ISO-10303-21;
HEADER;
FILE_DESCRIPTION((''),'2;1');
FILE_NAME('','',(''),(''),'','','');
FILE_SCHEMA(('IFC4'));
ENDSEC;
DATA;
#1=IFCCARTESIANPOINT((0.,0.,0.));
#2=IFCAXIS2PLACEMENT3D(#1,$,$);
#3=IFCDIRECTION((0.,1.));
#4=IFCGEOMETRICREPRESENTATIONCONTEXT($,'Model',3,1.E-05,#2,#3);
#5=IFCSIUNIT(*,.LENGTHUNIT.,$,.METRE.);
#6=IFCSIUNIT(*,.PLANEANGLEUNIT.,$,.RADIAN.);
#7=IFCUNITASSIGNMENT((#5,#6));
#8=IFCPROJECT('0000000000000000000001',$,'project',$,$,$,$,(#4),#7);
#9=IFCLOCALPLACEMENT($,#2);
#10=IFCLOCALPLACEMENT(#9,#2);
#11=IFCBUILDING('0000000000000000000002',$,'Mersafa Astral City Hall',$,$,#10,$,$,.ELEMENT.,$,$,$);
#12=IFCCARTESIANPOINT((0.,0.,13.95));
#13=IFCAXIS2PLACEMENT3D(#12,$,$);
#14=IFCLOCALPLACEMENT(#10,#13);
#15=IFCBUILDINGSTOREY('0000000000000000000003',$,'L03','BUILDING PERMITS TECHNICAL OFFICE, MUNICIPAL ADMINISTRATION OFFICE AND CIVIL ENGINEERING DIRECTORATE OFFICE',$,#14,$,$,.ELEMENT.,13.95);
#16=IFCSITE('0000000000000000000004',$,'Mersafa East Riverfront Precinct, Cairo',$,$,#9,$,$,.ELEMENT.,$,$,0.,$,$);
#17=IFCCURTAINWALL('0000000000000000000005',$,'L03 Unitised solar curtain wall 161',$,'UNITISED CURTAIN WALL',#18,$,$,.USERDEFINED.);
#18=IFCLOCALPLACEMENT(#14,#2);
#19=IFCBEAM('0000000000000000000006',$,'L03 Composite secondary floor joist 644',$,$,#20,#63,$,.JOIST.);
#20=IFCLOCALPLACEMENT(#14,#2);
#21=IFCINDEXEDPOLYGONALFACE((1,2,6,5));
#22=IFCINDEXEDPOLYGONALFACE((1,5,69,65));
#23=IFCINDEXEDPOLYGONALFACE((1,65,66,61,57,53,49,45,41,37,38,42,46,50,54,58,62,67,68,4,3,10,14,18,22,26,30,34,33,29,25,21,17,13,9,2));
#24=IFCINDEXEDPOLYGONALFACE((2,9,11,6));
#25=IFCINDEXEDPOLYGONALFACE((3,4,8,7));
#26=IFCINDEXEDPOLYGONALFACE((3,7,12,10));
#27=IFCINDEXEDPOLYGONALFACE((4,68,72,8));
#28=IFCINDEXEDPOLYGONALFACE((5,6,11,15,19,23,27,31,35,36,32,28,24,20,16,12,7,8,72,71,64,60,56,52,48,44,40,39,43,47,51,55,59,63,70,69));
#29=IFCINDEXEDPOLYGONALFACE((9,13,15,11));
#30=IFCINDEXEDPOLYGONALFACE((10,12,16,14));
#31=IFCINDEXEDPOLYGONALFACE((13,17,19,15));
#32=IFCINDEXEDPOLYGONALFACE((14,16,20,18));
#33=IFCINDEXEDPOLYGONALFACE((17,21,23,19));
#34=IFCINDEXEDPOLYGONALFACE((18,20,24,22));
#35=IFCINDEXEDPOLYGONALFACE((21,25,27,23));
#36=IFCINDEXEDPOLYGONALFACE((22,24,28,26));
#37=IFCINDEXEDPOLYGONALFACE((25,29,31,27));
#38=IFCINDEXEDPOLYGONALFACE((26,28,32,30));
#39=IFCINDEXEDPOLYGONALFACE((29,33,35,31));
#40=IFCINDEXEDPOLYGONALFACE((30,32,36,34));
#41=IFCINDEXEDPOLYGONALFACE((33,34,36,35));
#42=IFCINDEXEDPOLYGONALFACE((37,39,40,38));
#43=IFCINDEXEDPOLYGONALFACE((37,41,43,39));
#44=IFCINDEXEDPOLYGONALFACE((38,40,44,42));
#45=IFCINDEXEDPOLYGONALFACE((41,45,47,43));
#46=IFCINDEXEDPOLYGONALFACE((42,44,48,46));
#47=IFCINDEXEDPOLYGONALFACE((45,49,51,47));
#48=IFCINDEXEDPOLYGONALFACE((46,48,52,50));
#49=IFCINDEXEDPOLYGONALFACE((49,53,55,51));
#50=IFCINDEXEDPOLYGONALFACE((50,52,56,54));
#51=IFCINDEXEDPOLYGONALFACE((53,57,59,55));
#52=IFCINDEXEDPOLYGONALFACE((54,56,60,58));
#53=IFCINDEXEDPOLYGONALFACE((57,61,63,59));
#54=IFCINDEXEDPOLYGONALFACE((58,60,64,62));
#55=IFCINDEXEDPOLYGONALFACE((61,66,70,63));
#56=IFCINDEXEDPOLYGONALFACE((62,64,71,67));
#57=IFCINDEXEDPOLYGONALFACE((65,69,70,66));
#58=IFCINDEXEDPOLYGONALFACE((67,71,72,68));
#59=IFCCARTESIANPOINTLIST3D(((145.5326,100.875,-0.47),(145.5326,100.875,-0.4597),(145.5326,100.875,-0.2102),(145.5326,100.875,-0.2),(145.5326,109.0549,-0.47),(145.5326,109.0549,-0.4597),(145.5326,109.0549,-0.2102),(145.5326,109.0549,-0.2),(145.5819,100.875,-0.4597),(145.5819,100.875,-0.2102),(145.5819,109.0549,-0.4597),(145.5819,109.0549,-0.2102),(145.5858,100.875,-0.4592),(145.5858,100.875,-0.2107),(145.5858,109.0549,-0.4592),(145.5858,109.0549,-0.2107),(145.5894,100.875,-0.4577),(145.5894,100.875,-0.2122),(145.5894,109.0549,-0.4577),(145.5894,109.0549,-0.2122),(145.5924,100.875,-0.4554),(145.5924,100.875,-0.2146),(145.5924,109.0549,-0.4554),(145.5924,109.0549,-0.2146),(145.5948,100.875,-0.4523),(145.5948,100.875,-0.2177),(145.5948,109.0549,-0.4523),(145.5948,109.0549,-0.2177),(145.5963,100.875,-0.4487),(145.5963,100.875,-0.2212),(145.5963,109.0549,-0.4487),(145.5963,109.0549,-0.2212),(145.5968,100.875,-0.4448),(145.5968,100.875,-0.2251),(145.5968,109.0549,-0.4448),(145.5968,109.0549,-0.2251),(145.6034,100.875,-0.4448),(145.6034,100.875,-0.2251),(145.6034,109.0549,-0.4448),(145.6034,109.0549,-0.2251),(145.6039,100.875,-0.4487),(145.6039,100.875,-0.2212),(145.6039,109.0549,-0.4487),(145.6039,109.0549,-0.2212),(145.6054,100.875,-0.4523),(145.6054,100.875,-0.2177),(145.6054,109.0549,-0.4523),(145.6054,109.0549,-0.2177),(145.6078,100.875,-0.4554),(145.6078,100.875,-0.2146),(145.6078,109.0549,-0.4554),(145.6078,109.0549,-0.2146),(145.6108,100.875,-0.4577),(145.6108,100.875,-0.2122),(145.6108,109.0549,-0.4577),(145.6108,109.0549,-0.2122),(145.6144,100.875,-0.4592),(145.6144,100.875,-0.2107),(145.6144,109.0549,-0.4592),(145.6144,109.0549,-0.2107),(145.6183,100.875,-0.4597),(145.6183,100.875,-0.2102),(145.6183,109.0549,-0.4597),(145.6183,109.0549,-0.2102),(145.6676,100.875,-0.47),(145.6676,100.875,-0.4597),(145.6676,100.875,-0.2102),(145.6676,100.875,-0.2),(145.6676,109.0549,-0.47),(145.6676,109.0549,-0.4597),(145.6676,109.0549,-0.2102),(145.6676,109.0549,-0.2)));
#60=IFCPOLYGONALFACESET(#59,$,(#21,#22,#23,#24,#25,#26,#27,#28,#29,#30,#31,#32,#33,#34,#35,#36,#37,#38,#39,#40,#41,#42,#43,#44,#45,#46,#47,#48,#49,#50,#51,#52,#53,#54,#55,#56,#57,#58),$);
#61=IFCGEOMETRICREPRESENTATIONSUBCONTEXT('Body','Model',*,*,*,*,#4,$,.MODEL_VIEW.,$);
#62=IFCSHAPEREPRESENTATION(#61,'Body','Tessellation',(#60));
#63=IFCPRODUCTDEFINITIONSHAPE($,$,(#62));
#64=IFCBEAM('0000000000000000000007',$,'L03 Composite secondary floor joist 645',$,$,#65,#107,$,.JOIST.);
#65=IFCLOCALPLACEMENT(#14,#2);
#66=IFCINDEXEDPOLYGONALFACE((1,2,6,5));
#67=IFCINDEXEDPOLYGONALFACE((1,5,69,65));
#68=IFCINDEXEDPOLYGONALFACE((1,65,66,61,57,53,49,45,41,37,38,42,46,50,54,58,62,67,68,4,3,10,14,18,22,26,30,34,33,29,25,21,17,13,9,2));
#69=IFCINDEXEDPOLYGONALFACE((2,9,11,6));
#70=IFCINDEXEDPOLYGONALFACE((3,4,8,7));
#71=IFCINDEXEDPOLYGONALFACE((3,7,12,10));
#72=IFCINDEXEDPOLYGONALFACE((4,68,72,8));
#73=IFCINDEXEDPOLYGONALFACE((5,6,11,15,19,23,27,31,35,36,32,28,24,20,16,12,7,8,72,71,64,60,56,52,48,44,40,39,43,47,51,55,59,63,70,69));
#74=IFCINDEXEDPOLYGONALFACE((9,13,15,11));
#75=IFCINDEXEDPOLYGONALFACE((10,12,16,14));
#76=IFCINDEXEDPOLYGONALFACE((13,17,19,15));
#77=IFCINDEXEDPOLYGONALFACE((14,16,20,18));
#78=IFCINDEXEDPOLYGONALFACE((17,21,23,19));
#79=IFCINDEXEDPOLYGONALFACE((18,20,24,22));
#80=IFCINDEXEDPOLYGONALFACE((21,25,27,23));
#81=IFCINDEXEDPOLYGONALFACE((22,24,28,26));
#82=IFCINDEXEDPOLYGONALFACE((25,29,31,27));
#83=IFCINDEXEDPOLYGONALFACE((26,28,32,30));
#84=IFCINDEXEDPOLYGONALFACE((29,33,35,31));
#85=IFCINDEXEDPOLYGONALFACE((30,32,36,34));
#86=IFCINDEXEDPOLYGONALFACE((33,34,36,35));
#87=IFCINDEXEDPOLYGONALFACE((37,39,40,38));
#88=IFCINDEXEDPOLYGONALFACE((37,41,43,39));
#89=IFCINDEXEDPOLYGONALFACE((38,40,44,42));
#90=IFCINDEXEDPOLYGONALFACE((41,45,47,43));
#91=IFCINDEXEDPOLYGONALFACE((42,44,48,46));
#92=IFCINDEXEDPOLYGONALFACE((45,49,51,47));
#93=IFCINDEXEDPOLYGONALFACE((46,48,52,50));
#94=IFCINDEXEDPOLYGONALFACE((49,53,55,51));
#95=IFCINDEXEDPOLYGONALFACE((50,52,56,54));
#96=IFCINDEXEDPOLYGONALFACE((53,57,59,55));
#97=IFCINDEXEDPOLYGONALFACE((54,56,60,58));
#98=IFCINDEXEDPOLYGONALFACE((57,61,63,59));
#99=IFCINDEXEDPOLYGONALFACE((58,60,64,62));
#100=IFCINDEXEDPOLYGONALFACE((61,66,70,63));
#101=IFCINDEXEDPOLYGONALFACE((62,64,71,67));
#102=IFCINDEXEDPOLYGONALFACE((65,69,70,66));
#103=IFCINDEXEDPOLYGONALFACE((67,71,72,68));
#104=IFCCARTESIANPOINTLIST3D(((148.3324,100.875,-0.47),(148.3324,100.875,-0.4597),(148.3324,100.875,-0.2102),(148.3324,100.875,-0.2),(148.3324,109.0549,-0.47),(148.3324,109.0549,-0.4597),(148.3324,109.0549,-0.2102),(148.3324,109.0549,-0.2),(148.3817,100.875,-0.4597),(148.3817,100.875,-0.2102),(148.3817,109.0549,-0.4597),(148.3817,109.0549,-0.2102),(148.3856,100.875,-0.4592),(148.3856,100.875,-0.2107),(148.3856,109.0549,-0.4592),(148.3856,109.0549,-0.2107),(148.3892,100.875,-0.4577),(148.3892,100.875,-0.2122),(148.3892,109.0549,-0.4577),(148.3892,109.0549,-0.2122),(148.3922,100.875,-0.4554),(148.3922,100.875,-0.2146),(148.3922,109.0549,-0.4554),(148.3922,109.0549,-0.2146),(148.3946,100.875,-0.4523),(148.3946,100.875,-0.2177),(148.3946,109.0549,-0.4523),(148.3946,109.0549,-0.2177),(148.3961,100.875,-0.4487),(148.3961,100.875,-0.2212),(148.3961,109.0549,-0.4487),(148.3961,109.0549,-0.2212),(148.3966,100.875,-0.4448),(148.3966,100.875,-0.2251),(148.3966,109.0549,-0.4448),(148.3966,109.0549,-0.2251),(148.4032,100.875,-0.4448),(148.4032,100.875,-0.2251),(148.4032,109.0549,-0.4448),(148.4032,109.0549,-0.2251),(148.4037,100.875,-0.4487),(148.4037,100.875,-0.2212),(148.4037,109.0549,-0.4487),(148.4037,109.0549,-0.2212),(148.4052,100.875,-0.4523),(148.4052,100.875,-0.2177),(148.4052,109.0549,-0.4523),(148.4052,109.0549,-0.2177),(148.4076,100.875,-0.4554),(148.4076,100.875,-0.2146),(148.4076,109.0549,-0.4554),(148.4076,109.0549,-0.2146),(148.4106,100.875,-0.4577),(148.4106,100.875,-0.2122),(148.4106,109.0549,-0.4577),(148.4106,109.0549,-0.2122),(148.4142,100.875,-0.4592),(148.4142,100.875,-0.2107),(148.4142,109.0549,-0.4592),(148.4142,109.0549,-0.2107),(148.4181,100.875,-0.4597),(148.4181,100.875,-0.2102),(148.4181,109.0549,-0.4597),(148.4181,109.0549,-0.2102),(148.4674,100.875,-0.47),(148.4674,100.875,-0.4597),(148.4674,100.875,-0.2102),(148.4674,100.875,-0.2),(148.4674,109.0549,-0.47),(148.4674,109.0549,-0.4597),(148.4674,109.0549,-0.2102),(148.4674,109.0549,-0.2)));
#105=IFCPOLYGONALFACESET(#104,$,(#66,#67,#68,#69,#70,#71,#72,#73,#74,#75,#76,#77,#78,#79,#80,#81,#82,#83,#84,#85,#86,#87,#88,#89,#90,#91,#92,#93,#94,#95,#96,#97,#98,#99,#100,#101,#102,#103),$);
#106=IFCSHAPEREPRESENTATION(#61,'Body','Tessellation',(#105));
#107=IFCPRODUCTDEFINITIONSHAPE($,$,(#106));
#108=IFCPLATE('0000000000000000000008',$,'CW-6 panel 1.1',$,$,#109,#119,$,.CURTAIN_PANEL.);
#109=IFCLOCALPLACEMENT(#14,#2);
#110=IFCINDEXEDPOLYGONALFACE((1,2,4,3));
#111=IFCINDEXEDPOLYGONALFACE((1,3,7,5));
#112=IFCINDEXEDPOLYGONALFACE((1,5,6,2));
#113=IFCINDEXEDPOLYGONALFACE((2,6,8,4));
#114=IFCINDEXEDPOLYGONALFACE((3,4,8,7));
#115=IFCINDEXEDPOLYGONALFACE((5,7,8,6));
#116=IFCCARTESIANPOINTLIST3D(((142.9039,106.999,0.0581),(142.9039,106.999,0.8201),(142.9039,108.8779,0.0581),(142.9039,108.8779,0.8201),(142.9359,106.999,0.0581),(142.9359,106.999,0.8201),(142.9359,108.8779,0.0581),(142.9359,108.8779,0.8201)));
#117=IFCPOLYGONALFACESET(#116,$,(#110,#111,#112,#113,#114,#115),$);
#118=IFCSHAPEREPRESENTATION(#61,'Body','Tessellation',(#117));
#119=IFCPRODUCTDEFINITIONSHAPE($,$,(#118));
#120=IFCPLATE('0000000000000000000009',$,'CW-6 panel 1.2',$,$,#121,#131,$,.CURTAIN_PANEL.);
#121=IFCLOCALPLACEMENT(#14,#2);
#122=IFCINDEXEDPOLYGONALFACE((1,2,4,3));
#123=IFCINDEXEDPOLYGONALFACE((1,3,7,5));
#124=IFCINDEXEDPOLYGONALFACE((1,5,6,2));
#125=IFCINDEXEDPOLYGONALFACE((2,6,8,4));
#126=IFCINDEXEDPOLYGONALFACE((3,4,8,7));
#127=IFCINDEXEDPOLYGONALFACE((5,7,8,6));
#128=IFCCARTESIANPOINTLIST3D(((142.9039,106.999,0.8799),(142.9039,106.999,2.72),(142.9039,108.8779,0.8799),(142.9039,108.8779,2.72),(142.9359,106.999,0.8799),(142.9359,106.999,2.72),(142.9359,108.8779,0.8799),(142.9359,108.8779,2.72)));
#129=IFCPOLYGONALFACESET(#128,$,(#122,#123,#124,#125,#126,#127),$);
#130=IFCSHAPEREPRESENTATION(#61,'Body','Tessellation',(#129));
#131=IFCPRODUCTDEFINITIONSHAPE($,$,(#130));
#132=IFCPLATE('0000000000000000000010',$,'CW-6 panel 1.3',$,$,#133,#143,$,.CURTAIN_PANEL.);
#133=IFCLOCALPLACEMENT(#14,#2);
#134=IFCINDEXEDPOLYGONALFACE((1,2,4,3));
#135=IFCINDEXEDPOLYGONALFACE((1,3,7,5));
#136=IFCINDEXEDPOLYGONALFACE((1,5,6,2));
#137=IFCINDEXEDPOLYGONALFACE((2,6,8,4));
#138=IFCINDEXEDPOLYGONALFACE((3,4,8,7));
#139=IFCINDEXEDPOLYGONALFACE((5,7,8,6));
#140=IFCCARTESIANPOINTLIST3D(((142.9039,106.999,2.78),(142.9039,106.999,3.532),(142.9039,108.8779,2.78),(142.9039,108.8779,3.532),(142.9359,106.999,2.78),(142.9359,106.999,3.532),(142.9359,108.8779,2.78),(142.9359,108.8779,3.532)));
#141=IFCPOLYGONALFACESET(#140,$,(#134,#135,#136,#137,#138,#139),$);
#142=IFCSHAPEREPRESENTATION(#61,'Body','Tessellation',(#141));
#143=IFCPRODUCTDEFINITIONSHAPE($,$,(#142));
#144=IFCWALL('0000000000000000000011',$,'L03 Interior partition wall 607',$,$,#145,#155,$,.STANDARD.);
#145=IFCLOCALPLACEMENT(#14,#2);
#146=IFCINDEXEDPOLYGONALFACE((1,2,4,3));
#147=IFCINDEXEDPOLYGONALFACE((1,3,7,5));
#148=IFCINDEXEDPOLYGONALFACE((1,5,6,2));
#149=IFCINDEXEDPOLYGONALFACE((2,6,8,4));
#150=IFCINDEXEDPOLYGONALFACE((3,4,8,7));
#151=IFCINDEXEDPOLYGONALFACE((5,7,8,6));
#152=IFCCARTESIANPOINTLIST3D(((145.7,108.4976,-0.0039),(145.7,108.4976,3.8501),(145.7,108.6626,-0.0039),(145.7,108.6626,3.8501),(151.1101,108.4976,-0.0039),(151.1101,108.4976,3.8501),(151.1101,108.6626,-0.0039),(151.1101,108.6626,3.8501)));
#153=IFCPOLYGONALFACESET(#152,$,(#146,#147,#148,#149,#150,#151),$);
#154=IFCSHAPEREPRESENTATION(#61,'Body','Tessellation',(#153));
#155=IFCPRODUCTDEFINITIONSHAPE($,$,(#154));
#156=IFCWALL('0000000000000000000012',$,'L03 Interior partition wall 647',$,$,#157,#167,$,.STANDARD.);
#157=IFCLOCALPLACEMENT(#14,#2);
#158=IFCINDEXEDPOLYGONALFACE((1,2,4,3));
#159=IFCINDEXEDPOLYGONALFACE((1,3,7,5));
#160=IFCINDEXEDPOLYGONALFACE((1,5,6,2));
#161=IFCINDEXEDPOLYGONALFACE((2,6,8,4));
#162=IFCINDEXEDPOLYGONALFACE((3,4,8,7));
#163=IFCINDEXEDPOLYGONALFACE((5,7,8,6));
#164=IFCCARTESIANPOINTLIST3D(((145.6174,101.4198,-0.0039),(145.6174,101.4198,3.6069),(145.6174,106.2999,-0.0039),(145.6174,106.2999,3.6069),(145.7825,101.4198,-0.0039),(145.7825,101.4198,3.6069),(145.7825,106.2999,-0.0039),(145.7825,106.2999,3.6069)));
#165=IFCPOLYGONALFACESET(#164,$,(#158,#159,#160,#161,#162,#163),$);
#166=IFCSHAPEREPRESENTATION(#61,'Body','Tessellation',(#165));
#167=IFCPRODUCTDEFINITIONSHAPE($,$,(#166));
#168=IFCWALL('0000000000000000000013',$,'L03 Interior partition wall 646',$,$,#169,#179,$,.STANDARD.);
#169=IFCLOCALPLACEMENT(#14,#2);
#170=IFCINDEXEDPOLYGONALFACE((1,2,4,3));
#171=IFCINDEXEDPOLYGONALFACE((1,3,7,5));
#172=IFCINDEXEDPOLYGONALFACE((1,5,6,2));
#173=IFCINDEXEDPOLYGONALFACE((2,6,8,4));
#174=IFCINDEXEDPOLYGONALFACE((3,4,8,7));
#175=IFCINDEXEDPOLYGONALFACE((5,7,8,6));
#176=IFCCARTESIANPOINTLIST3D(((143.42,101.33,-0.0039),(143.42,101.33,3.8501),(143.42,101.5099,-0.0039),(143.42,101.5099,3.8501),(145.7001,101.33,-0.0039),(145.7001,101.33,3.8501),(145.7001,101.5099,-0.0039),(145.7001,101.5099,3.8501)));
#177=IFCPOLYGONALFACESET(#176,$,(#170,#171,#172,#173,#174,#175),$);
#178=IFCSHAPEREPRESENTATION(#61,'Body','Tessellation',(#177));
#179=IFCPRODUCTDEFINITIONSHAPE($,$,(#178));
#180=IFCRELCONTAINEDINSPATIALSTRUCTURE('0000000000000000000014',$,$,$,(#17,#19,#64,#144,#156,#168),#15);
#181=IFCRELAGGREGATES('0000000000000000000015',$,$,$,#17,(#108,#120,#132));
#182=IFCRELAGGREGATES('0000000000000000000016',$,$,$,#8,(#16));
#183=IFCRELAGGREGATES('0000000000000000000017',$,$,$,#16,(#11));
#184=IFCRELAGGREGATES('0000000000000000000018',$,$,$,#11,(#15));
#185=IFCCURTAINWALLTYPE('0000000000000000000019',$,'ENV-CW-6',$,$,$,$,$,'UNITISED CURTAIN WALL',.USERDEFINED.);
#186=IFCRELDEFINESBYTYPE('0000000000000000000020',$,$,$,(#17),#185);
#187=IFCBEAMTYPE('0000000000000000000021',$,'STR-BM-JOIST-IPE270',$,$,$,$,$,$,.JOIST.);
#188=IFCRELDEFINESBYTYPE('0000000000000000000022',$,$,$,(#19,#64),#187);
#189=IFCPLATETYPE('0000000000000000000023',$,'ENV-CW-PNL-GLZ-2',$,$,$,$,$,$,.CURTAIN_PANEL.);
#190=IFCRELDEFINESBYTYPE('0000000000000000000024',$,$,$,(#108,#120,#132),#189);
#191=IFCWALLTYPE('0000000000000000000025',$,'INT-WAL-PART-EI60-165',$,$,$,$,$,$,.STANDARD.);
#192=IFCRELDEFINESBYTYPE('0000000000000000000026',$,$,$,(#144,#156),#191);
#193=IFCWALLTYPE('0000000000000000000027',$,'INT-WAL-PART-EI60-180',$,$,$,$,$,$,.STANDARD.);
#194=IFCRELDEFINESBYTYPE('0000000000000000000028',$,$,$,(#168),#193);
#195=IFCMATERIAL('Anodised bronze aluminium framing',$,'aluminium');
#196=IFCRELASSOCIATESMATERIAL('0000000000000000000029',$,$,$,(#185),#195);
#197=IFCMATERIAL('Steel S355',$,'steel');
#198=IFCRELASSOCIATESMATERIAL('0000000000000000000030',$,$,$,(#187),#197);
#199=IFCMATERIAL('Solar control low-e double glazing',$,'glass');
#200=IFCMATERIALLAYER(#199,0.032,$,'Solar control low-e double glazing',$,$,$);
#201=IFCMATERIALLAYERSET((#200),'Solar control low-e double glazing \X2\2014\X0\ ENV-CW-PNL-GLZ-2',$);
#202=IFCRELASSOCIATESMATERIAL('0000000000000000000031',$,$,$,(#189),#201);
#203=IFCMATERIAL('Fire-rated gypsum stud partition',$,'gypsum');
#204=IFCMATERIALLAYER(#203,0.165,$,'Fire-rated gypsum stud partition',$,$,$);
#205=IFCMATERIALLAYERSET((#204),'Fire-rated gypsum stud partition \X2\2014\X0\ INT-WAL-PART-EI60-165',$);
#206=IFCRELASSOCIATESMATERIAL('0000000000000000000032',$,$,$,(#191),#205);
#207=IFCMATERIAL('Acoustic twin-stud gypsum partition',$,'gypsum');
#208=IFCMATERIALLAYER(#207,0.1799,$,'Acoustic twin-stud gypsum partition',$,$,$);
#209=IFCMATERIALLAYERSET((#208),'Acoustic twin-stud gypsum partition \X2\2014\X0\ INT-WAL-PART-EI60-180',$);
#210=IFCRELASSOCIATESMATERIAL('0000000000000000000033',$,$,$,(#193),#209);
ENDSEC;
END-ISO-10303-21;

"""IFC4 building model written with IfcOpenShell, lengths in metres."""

from ifc_helpers import new_model, si_unit, direction, frame, frame_2d, origin, origin_2d, place, context, subcontext, project, spatial, rectangle, i_section, extrude, material, layer, layer_set, material_profile, profile_set, type_object, element, aggregate, save


model = new_model("IFC4")

# Units and contexts
model_context = context("Model", 3, precision=1e-05, world=origin(), true_north=direction((0.0, 1.0)))
body_context = subcontext(model_context, "Body", "Model", "MODEL_VIEW")
ifc_project = project(units=[si_unit("LENGTHUNIT", "METRE"), si_unit("PLANEANGLEUNIT", "RADIAN")], contexts=[model_context])

# Site, building, storey
site_placement = place(None, origin())
site = spatial("IfcSite", under=ifc_project, at=site_placement, Name="Mersafa East Riverfront Precinct, Cairo", CompositionType="ELEMENT", RefElevation=0.0)
building_placement = place(site_placement, origin())
building = spatial("IfcBuilding", under=site, at=building_placement, Name="Mersafa Astral City Hall", CompositionType="ELEMENT")
storey_placement = place(building_placement, frame((0.0, 0.0, 13.95)))
storey = spatial("IfcBuildingStorey", under=building, at=storey_placement, Name="L03", Description="BUILDING PERMITS TECHNICAL OFFICE, MUNICIPAL ADMINISTRATION OFFICE AND CIVIL ENGINEERING DIRECTORATE OFFICE", CompositionType="ELEMENT", Elevation=13.95)

# Shared definitions
ifc_material_1 = material(Name="Steel S355", Category="steel")

# Curtain wall
ifc_material_2 = material(Name="Anodised bronze aluminium framing", Category="aluminium")
curtain_wall_type = type_object("IfcCurtainWallType", Name="ENV-CW-6", ElementType="UNITISED CURTAIN WALL", PredefinedType="USERDEFINED", material=ifc_material_2)
curtain_wall_placement = place(storey_placement, origin())
curtain_wall = element("IfcCurtainWall", 1, at=curtain_wall_placement, inside=storey, type_object=curtain_wall_type, Name="L03 Unitised solar curtain wall 161", ObjectType="UNITISED CURTAIN WALL", PredefinedType="USERDEFINED")

# Beams
ifc_material_profile_1 = material_profile(ifc_material_1, i_section(OverallWidth=0.135, OverallDepth=0.27, WebThickness=0.0066, FlangeThickness=0.0103, FilletRadius=0.0149, at=origin_2d()), Name="IPE 270")
ifc_profile_set_1 = profile_set([ifc_material_profile_1], Name="Steel S355")
beam_type = type_object("IfcBeamType", Name="STR-BM-JOIST-IPE270", PredefinedType="JOIST", material=ifc_profile_set_1)
for number, where, z_axis, x_axis, name in (
    (2, (145.6001, 100.875, -0.335), (0.0, 1.0, 0.0), (-1.0, 0.0, 0.0), "L03 Composite secondary floor joist 644"),
    (3, (148.3999, 100.875, -0.335), (0.0, 1.0, 0.0), (-1.0, 0.0, 0.0), "L03 Composite secondary floor joist 645"),
):
    element("IfcBeam", number, at=place(storey_placement, frame(where, z_axis=z_axis, x_axis=x_axis)), inside=storey, type_object=beam_type, Name=name, PredefinedType="JOIST", context=body_context, shape_type="SweptSolid", body=[
        extrude(i_section(OverallWidth=0.135, OverallDepth=0.27, WebThickness=0.0066, FlangeThickness=0.0103, FilletRadius=0.0149, at=origin_2d()), origin(), (0.0, 0.0, 1.0), 8.1799),
    ])

# Plates
ifc_material_3 = material(Name="Solar control low-e double glazing", Category="glass")
ifc_layer_1 = layer(ifc_material_3, 0.032, Name="Solar control low-e double glazing")
ifc_layer_set_1 = layer_set([ifc_layer_1], Name="Solar control low-e double glazing — ENV-CW-PNL-GLZ-2")
plate_type = type_object("IfcPlateType", Name="ENV-CW-PNL-GLZ-2", PredefinedType="CURTAIN_PANEL", material=ifc_layer_set_1)
plate_1_placement = place(storey_placement, frame((142.9199, 107.9385, 0.0581), z_axis=(0.0, 0.0, 1.0), x_axis=(0.0, -1.0, 0.0)))
plate_1 = element("IfcPlate", 4, at=plate_1_placement, type_object=plate_type, Name="CW-6 panel 1.1", PredefinedType="CURTAIN_PANEL", context=body_context, shape_type="SweptSolid", body=[
    extrude(rectangle(XDim=1.8789, YDim=0.032, at=origin_2d()), origin(), (0.0, 0.0, 1.0), 0.762),
])
plate_2_placement = place(storey_placement, frame((142.9199, 107.9385, 0.8799), z_axis=(0.0, 0.0, 1.0), x_axis=(0.0, -1.0, 0.0)))
plate_2 = element("IfcPlate", 5, at=plate_2_placement, type_object=plate_type, Name="CW-6 panel 1.2", PredefinedType="CURTAIN_PANEL", context=body_context, shape_type="SweptSolid", body=[
    extrude(rectangle(XDim=1.8789, YDim=0.032, at=origin_2d()), origin(), (0.0, 0.0, 1.0), 1.8401),
])
plate_3_placement = place(storey_placement, frame((142.9199, 107.9385, 2.78), z_axis=(0.0, 0.0, 1.0), x_axis=(0.0, -1.0, 0.0)))
plate_3 = element("IfcPlate", 6, at=plate_3_placement, type_object=plate_type, Name="CW-6 panel 1.3", PredefinedType="CURTAIN_PANEL", context=body_context, shape_type="SweptSolid", body=[
    extrude(rectangle(XDim=1.8789, YDim=0.032, at=origin_2d()), origin(), (0.0, 0.0, 1.0), 0.752),
])
aggregate(curtain_wall, [plate_1, plate_2, plate_3])

# Walls
ifc_material_4 = material(Name="Fire-rated gypsum stud partition", Category="gypsum")
ifc_layer_2 = layer(ifc_material_4, 0.165, Name="Fire-rated gypsum stud partition")
ifc_layer_set_2 = layer_set([ifc_layer_2], Name="Fire-rated gypsum stud partition — INT-WAL-PART-EI60-165")
wall_type_1 = type_object("IfcWallType", Name="INT-WAL-PART-EI60-165", PredefinedType="STANDARD", material=ifc_layer_set_2)
wall_1_placement = place(storey_placement, frame((151.1101, 108.5801, -0.0039), z_axis=(0.0, 0.0, 1.0), x_axis=(-1.0, 0.0, 0.0)))
element("IfcWall", 7, at=wall_1_placement, inside=storey, type_object=wall_type_1, Name="L03 Interior partition wall 607", PredefinedType="STANDARD", context=body_context, shape_type="SweptSolid", body=[
    extrude(rectangle(XDim=5.4102, YDim=0.165, at=frame_2d((2.7051, 0.0))), origin(), (0.0, 0.0, 1.0), 3.854),
])
wall_2_placement = place(storey_placement, frame((145.7, 101.4199, -0.0039), z_axis=(0.0, 0.0, 1.0), x_axis=(0.0, 1.0, 0.0)))
element("IfcWall", 8, at=wall_2_placement, inside=storey, type_object=wall_type_1, Name="L03 Interior partition wall 647", PredefinedType="STANDARD", context=body_context, shape_type="SweptSolid", body=[
    extrude(rectangle(XDim=4.8801, YDim=0.165, at=frame_2d((2.4399, 0.0))), origin(), (0.0, 0.0, 1.0), 3.6108),
])
ifc_material_5 = material(Name="Acoustic twin-stud gypsum partition", Category="gypsum")
ifc_layer_3 = layer(ifc_material_5, 0.1799, Name="Acoustic twin-stud gypsum partition")
ifc_layer_set_3 = layer_set([ifc_layer_3], Name="Acoustic twin-stud gypsum partition — INT-WAL-PART-EI60-180")
wall_type_2 = type_object("IfcWallType", Name="INT-WAL-PART-EI60-180", PredefinedType="STANDARD", material=ifc_layer_set_3)
wall_3_placement = place(storey_placement, frame((143.4199, 101.4199, -0.0039), z_axis=(0.0, 0.0, 1.0), x_axis=(1.0, 0.0, 0.0)))
element("IfcWall", 9, at=wall_3_placement, inside=storey, type_object=wall_type_2, Name="L03 Interior partition wall 646", PredefinedType="STANDARD", context=body_context, shape_type="SweptSolid", body=[
    extrude(rectangle(XDim=2.28, YDim=0.1799, at=frame_2d((1.1401, 0.0))), origin(), (0.0, 0.0, 1.0), 3.854),
])

save(model, "model.ifc")
